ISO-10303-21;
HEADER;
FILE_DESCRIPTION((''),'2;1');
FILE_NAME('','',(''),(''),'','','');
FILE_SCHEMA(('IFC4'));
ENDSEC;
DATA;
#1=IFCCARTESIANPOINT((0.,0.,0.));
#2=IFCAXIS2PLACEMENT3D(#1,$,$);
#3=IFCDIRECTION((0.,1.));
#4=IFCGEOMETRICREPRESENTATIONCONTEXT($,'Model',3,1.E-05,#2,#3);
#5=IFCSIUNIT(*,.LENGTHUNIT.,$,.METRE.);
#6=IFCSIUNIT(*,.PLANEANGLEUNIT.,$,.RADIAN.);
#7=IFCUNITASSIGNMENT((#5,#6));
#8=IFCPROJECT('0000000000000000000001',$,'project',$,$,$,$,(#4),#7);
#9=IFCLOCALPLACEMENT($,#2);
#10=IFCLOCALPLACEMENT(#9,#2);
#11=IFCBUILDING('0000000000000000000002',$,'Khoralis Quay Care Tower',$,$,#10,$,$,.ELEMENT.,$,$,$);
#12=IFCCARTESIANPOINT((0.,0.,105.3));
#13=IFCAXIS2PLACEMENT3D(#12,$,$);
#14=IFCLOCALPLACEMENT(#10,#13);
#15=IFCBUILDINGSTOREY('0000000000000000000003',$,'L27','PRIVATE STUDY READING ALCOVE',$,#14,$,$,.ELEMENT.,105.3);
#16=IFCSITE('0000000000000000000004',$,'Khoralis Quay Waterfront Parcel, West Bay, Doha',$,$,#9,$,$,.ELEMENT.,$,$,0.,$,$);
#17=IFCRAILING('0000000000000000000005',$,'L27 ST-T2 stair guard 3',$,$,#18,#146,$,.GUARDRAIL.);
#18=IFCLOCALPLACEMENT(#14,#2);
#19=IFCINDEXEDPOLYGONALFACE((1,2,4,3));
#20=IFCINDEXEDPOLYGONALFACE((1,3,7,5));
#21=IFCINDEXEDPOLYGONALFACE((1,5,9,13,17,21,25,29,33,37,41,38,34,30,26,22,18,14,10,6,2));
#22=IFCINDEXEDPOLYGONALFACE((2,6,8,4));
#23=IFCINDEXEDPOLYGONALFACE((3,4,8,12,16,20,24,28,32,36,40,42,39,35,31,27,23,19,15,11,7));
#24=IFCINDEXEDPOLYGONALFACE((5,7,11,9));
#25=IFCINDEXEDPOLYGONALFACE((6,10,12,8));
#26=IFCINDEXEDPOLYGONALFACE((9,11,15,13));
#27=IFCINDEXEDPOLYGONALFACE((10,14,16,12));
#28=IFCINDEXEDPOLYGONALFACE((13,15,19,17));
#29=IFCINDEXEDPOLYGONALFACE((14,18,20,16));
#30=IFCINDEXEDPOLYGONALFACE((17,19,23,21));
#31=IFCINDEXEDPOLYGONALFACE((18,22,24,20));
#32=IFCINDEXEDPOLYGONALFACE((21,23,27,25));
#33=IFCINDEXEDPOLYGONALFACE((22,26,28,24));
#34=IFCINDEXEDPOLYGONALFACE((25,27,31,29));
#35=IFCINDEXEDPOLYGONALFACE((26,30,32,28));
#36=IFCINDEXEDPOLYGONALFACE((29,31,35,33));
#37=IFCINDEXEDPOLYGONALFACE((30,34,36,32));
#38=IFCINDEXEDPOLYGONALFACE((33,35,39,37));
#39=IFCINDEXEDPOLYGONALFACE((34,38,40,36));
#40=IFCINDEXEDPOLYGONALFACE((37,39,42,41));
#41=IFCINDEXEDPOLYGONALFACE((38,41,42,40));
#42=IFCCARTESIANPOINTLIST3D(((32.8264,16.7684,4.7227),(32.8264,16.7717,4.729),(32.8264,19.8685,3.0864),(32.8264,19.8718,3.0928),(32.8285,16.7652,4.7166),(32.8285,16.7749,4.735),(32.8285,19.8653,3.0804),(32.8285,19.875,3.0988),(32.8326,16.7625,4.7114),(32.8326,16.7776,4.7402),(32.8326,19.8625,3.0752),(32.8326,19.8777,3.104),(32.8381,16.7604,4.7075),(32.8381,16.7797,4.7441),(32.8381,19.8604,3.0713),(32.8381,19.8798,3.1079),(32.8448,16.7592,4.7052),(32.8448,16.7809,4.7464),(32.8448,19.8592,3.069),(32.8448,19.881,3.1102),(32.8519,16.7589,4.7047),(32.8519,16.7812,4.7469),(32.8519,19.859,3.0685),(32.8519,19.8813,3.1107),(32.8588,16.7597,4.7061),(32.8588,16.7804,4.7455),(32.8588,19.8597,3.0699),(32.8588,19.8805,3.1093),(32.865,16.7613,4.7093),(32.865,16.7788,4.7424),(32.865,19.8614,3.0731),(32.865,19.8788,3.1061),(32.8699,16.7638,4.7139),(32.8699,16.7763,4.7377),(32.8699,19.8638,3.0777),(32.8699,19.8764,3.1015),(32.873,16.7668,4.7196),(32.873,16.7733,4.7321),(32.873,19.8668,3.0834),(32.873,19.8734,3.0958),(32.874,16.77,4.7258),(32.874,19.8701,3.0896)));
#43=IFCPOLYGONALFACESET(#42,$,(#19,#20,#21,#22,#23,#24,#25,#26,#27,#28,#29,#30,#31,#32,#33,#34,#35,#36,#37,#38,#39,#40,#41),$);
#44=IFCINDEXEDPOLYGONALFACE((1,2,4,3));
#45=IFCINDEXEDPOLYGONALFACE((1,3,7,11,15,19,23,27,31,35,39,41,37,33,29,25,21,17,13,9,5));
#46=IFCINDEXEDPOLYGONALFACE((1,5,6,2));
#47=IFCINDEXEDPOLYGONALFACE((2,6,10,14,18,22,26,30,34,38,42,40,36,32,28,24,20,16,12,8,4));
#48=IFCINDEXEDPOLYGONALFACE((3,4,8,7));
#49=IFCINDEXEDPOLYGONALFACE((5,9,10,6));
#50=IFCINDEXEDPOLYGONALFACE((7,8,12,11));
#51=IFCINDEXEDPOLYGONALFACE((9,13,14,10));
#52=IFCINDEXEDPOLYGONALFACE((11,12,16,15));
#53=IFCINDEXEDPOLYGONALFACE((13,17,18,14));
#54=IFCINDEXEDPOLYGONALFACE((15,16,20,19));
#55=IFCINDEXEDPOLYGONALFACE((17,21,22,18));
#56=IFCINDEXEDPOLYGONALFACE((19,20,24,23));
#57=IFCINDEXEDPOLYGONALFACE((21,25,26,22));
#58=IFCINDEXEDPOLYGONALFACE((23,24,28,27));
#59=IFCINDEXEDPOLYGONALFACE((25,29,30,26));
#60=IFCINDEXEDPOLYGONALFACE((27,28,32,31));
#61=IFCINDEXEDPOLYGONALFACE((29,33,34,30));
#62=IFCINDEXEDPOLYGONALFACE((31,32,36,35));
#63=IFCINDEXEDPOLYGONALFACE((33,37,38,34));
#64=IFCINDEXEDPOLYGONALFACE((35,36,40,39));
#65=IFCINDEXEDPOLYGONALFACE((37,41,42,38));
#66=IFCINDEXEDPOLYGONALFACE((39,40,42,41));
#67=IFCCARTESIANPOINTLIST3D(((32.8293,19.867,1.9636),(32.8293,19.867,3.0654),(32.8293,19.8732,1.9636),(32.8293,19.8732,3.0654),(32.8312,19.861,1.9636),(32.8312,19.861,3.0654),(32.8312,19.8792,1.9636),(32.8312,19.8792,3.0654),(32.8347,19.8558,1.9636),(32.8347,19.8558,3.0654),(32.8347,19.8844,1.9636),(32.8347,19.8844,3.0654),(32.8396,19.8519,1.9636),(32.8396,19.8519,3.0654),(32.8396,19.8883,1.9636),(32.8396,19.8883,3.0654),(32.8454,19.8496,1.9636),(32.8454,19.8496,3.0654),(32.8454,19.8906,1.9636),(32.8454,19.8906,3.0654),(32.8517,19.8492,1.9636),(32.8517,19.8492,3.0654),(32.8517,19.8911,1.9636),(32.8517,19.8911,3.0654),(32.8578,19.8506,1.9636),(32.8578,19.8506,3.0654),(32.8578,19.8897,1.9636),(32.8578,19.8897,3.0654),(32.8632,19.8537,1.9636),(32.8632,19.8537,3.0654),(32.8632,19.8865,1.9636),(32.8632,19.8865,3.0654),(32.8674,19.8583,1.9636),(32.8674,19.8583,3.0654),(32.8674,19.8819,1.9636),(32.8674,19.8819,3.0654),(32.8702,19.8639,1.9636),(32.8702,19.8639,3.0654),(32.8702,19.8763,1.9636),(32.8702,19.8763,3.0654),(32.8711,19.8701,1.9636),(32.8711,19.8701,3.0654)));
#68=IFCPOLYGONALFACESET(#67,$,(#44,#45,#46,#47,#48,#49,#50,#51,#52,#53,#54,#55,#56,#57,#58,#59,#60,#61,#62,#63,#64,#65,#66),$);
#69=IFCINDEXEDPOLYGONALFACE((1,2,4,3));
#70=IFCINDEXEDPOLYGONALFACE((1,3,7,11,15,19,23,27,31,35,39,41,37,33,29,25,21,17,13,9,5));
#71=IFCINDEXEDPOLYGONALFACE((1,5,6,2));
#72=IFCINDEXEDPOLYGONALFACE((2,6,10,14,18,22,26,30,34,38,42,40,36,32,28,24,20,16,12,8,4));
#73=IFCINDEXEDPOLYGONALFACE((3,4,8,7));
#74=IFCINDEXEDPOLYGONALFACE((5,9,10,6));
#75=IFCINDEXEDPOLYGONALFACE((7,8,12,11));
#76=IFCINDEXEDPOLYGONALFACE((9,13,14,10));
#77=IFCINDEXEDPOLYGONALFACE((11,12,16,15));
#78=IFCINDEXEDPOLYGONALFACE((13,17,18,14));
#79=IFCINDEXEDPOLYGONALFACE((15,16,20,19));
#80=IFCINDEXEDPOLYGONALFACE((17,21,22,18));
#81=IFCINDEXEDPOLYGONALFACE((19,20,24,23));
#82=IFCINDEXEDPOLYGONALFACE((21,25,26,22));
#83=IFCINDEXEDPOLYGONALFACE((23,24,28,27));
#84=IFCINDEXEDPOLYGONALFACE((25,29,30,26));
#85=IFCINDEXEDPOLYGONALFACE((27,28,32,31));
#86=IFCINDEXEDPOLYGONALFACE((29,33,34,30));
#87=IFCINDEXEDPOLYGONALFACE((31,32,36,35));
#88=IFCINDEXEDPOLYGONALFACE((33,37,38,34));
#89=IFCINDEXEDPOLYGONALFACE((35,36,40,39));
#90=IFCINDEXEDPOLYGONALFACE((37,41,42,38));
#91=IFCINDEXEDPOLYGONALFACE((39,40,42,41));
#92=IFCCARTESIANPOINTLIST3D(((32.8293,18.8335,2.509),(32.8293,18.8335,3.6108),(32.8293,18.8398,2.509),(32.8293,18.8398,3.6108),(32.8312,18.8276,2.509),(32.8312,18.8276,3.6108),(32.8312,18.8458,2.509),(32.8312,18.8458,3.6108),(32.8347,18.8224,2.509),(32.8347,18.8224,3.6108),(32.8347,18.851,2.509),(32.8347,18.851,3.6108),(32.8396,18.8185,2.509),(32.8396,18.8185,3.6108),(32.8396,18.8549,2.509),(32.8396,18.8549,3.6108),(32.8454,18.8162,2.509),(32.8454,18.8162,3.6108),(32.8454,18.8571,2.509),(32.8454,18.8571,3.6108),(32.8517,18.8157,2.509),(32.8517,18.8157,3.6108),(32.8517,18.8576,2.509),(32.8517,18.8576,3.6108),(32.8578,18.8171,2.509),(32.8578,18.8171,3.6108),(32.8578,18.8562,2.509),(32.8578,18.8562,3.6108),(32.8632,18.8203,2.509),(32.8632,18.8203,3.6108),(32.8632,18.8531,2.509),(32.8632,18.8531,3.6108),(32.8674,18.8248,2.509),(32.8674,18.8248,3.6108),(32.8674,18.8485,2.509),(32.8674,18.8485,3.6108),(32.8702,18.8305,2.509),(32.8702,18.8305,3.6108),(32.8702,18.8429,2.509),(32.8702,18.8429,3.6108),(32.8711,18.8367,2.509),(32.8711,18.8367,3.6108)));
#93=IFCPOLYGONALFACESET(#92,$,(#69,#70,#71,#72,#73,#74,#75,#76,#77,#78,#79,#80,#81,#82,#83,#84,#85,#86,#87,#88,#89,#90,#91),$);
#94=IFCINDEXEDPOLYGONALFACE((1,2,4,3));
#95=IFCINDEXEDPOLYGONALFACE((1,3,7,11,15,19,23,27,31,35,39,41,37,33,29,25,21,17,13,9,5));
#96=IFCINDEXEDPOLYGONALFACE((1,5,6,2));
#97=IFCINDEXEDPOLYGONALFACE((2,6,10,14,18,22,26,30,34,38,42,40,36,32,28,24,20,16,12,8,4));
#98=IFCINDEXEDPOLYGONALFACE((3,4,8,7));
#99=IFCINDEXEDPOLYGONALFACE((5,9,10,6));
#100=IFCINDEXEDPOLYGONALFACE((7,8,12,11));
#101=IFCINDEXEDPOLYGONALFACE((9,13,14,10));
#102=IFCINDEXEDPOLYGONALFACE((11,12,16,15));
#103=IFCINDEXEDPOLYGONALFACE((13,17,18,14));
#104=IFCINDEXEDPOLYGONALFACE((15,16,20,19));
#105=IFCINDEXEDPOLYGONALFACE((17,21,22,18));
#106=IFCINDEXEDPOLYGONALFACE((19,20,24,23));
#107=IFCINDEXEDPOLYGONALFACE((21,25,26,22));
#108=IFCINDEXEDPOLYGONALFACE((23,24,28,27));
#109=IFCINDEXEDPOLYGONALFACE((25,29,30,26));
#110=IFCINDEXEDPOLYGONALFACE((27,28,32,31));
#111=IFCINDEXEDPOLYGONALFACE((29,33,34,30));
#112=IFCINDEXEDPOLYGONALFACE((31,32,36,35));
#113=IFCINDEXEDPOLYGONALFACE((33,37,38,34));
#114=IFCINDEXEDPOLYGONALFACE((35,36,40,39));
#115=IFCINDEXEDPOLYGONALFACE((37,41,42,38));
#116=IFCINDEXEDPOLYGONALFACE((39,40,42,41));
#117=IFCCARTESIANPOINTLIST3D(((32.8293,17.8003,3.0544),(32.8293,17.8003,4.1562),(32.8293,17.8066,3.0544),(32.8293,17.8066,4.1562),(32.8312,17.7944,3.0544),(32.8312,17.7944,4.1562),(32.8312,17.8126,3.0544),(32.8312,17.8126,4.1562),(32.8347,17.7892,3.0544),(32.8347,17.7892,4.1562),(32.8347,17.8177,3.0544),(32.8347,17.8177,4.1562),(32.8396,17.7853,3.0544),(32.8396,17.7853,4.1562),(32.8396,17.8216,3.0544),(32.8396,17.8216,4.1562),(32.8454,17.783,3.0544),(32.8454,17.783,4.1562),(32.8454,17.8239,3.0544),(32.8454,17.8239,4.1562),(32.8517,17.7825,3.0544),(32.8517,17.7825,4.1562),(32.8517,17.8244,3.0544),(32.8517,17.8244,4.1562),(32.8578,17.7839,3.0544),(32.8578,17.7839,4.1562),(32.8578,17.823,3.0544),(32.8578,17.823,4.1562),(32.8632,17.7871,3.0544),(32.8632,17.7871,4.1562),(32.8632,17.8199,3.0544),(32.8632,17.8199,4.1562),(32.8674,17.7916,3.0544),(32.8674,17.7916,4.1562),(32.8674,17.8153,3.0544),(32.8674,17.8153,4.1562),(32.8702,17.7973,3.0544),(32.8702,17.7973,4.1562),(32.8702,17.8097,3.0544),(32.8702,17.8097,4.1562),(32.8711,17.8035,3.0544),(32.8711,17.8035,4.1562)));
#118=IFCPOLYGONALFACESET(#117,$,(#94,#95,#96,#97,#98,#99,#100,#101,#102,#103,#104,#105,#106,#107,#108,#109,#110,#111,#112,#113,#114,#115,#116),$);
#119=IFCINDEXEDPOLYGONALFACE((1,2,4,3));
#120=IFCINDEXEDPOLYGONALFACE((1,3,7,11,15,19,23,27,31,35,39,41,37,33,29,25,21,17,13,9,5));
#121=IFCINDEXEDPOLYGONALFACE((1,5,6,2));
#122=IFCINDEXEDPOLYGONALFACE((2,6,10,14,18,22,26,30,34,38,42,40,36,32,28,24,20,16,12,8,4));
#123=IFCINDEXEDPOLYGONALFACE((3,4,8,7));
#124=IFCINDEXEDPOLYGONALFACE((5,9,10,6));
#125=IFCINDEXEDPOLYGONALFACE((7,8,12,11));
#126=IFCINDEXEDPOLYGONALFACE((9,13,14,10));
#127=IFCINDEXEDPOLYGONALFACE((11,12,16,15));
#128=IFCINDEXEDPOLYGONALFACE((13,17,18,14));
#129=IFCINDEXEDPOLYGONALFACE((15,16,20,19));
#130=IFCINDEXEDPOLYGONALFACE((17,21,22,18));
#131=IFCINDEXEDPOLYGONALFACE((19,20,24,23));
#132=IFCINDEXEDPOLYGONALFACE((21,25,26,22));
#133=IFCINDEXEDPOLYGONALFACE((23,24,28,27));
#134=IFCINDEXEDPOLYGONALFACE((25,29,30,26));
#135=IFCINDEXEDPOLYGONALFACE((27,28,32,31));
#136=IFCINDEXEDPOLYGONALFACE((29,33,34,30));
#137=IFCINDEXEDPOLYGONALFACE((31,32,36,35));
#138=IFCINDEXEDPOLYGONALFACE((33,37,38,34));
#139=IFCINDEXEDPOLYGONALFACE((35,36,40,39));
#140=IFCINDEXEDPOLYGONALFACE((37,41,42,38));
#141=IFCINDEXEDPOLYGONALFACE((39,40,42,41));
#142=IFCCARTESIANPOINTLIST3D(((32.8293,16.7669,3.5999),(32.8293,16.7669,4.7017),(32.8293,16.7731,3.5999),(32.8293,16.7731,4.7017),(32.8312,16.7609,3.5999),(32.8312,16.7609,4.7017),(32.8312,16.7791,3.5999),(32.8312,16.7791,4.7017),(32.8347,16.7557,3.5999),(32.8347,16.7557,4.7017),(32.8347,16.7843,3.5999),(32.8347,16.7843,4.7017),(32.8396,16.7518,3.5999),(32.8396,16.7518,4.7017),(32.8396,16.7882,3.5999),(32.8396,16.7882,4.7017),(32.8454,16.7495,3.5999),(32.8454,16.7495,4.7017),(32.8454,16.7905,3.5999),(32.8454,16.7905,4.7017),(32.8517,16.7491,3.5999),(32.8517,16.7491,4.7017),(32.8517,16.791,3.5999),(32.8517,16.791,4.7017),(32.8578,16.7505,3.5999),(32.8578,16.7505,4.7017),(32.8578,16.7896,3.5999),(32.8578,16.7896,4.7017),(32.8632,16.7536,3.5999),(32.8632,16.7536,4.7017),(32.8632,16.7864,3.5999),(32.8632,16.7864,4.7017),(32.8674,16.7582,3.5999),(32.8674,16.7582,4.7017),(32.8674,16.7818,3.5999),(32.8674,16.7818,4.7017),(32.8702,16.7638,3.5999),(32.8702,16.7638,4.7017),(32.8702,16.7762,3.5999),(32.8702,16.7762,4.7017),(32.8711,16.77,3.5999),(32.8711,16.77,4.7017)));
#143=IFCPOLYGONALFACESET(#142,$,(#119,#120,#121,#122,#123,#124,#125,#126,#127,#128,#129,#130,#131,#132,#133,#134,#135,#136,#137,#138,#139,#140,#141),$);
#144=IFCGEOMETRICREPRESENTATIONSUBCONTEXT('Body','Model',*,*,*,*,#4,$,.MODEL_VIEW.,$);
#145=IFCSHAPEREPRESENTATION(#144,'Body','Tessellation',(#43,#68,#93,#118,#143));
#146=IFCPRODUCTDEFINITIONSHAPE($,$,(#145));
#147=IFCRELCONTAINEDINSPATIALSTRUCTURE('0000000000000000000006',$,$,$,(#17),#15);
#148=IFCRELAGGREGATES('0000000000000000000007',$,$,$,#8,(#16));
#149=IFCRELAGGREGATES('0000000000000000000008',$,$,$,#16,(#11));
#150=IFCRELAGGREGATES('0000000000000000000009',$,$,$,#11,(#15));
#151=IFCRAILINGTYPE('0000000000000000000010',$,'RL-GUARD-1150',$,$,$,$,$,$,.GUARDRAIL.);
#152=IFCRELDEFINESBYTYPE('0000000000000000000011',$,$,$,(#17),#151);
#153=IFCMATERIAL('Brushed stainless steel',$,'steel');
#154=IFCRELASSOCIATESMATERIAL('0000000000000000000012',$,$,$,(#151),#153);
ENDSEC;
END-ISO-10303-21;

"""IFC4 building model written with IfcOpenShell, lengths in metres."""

from ifc_helpers import new_model, si_unit, direction, frame, origin, origin_2d, place, context, subcontext, project, spatial, circle, extrude, material, type_object, element, save


model = new_model("IFC4")

# Units and contexts
model_context = context("Model", 3, precision=1e-05, world=origin(), true_north=direction((0.0, 1.0)))
body_context = subcontext(model_context, "Body", "Model", "MODEL_VIEW")
ifc_project = project(units=[si_unit("LENGTHUNIT", "METRE"), si_unit("PLANEANGLEUNIT", "RADIAN")], contexts=[model_context])

# Site, building, storey
site_placement = place(None, origin())
site = spatial("IfcSite", under=ifc_project, at=site_placement, Name="Khoralis Quay Waterfront Parcel, West Bay, Doha", CompositionType="ELEMENT", RefElevation=0.0)
building_placement = place(site_placement, origin())
building = spatial("IfcBuilding", under=site, at=building_placement, Name="Khoralis Quay Care Tower", CompositionType="ELEMENT")
storey_placement = place(building_placement, frame((0.0, 0.0, 105.3)))
storey = spatial("IfcBuildingStorey", under=building, at=storey_placement, Name="L27", Description="PRIVATE STUDY READING ALCOVE", CompositionType="ELEMENT", Elevation=105.3)

# Railing
ifc_material_1 = material(Name="Brushed stainless steel", Category="steel")
railing_type_1 = type_object("IfcRailingType", Name="RL-GUARD-1150", PredefinedType="GUARDRAIL", material=ifc_material_1)
railing_1_placement = place(storey_placement, frame((32.8501, 19.8701, 1.9636)))
element("IfcRailing", 1, at=railing_1_placement, inside=storey, type_object=railing_type_1, Name="L27 ST-T2 stair guard 3", PredefinedType="GUARDRAIL", context=body_context, shape_type="SweptSolid", body=[
    extrude(circle(Radius=0.0239, at=origin_2d()), frame((0.0, 0.0, 1.126), z_axis=(0.0, -0.884377, 0.466774), x_axis=(1.0, 0.0, 0.0)), (0.0, 0.0, 1.0), 3.5054),
    extrude(circle(Radius=0.021, at=origin_2d()), origin(), (0.0, 0.0, 1.0), 1.1018),
    extrude(circle(Radius=0.021, at=origin_2d()), frame((0.0, -1.0334, 0.5454)), (0.0, 0.0, 1.0), 1.1018),
    extrude(circle(Radius=0.021, at=origin_2d()), frame((0.0, -2.0667, 1.0908)), (0.0, 0.0, 1.0), 1.1018),
    extrude(circle(Radius=0.021, at=origin_2d()), frame((0.0, -3.1001, 1.6362)), (0.0, 0.0, 1.0), 1.1018),
])

save(model, "model.ifc")
